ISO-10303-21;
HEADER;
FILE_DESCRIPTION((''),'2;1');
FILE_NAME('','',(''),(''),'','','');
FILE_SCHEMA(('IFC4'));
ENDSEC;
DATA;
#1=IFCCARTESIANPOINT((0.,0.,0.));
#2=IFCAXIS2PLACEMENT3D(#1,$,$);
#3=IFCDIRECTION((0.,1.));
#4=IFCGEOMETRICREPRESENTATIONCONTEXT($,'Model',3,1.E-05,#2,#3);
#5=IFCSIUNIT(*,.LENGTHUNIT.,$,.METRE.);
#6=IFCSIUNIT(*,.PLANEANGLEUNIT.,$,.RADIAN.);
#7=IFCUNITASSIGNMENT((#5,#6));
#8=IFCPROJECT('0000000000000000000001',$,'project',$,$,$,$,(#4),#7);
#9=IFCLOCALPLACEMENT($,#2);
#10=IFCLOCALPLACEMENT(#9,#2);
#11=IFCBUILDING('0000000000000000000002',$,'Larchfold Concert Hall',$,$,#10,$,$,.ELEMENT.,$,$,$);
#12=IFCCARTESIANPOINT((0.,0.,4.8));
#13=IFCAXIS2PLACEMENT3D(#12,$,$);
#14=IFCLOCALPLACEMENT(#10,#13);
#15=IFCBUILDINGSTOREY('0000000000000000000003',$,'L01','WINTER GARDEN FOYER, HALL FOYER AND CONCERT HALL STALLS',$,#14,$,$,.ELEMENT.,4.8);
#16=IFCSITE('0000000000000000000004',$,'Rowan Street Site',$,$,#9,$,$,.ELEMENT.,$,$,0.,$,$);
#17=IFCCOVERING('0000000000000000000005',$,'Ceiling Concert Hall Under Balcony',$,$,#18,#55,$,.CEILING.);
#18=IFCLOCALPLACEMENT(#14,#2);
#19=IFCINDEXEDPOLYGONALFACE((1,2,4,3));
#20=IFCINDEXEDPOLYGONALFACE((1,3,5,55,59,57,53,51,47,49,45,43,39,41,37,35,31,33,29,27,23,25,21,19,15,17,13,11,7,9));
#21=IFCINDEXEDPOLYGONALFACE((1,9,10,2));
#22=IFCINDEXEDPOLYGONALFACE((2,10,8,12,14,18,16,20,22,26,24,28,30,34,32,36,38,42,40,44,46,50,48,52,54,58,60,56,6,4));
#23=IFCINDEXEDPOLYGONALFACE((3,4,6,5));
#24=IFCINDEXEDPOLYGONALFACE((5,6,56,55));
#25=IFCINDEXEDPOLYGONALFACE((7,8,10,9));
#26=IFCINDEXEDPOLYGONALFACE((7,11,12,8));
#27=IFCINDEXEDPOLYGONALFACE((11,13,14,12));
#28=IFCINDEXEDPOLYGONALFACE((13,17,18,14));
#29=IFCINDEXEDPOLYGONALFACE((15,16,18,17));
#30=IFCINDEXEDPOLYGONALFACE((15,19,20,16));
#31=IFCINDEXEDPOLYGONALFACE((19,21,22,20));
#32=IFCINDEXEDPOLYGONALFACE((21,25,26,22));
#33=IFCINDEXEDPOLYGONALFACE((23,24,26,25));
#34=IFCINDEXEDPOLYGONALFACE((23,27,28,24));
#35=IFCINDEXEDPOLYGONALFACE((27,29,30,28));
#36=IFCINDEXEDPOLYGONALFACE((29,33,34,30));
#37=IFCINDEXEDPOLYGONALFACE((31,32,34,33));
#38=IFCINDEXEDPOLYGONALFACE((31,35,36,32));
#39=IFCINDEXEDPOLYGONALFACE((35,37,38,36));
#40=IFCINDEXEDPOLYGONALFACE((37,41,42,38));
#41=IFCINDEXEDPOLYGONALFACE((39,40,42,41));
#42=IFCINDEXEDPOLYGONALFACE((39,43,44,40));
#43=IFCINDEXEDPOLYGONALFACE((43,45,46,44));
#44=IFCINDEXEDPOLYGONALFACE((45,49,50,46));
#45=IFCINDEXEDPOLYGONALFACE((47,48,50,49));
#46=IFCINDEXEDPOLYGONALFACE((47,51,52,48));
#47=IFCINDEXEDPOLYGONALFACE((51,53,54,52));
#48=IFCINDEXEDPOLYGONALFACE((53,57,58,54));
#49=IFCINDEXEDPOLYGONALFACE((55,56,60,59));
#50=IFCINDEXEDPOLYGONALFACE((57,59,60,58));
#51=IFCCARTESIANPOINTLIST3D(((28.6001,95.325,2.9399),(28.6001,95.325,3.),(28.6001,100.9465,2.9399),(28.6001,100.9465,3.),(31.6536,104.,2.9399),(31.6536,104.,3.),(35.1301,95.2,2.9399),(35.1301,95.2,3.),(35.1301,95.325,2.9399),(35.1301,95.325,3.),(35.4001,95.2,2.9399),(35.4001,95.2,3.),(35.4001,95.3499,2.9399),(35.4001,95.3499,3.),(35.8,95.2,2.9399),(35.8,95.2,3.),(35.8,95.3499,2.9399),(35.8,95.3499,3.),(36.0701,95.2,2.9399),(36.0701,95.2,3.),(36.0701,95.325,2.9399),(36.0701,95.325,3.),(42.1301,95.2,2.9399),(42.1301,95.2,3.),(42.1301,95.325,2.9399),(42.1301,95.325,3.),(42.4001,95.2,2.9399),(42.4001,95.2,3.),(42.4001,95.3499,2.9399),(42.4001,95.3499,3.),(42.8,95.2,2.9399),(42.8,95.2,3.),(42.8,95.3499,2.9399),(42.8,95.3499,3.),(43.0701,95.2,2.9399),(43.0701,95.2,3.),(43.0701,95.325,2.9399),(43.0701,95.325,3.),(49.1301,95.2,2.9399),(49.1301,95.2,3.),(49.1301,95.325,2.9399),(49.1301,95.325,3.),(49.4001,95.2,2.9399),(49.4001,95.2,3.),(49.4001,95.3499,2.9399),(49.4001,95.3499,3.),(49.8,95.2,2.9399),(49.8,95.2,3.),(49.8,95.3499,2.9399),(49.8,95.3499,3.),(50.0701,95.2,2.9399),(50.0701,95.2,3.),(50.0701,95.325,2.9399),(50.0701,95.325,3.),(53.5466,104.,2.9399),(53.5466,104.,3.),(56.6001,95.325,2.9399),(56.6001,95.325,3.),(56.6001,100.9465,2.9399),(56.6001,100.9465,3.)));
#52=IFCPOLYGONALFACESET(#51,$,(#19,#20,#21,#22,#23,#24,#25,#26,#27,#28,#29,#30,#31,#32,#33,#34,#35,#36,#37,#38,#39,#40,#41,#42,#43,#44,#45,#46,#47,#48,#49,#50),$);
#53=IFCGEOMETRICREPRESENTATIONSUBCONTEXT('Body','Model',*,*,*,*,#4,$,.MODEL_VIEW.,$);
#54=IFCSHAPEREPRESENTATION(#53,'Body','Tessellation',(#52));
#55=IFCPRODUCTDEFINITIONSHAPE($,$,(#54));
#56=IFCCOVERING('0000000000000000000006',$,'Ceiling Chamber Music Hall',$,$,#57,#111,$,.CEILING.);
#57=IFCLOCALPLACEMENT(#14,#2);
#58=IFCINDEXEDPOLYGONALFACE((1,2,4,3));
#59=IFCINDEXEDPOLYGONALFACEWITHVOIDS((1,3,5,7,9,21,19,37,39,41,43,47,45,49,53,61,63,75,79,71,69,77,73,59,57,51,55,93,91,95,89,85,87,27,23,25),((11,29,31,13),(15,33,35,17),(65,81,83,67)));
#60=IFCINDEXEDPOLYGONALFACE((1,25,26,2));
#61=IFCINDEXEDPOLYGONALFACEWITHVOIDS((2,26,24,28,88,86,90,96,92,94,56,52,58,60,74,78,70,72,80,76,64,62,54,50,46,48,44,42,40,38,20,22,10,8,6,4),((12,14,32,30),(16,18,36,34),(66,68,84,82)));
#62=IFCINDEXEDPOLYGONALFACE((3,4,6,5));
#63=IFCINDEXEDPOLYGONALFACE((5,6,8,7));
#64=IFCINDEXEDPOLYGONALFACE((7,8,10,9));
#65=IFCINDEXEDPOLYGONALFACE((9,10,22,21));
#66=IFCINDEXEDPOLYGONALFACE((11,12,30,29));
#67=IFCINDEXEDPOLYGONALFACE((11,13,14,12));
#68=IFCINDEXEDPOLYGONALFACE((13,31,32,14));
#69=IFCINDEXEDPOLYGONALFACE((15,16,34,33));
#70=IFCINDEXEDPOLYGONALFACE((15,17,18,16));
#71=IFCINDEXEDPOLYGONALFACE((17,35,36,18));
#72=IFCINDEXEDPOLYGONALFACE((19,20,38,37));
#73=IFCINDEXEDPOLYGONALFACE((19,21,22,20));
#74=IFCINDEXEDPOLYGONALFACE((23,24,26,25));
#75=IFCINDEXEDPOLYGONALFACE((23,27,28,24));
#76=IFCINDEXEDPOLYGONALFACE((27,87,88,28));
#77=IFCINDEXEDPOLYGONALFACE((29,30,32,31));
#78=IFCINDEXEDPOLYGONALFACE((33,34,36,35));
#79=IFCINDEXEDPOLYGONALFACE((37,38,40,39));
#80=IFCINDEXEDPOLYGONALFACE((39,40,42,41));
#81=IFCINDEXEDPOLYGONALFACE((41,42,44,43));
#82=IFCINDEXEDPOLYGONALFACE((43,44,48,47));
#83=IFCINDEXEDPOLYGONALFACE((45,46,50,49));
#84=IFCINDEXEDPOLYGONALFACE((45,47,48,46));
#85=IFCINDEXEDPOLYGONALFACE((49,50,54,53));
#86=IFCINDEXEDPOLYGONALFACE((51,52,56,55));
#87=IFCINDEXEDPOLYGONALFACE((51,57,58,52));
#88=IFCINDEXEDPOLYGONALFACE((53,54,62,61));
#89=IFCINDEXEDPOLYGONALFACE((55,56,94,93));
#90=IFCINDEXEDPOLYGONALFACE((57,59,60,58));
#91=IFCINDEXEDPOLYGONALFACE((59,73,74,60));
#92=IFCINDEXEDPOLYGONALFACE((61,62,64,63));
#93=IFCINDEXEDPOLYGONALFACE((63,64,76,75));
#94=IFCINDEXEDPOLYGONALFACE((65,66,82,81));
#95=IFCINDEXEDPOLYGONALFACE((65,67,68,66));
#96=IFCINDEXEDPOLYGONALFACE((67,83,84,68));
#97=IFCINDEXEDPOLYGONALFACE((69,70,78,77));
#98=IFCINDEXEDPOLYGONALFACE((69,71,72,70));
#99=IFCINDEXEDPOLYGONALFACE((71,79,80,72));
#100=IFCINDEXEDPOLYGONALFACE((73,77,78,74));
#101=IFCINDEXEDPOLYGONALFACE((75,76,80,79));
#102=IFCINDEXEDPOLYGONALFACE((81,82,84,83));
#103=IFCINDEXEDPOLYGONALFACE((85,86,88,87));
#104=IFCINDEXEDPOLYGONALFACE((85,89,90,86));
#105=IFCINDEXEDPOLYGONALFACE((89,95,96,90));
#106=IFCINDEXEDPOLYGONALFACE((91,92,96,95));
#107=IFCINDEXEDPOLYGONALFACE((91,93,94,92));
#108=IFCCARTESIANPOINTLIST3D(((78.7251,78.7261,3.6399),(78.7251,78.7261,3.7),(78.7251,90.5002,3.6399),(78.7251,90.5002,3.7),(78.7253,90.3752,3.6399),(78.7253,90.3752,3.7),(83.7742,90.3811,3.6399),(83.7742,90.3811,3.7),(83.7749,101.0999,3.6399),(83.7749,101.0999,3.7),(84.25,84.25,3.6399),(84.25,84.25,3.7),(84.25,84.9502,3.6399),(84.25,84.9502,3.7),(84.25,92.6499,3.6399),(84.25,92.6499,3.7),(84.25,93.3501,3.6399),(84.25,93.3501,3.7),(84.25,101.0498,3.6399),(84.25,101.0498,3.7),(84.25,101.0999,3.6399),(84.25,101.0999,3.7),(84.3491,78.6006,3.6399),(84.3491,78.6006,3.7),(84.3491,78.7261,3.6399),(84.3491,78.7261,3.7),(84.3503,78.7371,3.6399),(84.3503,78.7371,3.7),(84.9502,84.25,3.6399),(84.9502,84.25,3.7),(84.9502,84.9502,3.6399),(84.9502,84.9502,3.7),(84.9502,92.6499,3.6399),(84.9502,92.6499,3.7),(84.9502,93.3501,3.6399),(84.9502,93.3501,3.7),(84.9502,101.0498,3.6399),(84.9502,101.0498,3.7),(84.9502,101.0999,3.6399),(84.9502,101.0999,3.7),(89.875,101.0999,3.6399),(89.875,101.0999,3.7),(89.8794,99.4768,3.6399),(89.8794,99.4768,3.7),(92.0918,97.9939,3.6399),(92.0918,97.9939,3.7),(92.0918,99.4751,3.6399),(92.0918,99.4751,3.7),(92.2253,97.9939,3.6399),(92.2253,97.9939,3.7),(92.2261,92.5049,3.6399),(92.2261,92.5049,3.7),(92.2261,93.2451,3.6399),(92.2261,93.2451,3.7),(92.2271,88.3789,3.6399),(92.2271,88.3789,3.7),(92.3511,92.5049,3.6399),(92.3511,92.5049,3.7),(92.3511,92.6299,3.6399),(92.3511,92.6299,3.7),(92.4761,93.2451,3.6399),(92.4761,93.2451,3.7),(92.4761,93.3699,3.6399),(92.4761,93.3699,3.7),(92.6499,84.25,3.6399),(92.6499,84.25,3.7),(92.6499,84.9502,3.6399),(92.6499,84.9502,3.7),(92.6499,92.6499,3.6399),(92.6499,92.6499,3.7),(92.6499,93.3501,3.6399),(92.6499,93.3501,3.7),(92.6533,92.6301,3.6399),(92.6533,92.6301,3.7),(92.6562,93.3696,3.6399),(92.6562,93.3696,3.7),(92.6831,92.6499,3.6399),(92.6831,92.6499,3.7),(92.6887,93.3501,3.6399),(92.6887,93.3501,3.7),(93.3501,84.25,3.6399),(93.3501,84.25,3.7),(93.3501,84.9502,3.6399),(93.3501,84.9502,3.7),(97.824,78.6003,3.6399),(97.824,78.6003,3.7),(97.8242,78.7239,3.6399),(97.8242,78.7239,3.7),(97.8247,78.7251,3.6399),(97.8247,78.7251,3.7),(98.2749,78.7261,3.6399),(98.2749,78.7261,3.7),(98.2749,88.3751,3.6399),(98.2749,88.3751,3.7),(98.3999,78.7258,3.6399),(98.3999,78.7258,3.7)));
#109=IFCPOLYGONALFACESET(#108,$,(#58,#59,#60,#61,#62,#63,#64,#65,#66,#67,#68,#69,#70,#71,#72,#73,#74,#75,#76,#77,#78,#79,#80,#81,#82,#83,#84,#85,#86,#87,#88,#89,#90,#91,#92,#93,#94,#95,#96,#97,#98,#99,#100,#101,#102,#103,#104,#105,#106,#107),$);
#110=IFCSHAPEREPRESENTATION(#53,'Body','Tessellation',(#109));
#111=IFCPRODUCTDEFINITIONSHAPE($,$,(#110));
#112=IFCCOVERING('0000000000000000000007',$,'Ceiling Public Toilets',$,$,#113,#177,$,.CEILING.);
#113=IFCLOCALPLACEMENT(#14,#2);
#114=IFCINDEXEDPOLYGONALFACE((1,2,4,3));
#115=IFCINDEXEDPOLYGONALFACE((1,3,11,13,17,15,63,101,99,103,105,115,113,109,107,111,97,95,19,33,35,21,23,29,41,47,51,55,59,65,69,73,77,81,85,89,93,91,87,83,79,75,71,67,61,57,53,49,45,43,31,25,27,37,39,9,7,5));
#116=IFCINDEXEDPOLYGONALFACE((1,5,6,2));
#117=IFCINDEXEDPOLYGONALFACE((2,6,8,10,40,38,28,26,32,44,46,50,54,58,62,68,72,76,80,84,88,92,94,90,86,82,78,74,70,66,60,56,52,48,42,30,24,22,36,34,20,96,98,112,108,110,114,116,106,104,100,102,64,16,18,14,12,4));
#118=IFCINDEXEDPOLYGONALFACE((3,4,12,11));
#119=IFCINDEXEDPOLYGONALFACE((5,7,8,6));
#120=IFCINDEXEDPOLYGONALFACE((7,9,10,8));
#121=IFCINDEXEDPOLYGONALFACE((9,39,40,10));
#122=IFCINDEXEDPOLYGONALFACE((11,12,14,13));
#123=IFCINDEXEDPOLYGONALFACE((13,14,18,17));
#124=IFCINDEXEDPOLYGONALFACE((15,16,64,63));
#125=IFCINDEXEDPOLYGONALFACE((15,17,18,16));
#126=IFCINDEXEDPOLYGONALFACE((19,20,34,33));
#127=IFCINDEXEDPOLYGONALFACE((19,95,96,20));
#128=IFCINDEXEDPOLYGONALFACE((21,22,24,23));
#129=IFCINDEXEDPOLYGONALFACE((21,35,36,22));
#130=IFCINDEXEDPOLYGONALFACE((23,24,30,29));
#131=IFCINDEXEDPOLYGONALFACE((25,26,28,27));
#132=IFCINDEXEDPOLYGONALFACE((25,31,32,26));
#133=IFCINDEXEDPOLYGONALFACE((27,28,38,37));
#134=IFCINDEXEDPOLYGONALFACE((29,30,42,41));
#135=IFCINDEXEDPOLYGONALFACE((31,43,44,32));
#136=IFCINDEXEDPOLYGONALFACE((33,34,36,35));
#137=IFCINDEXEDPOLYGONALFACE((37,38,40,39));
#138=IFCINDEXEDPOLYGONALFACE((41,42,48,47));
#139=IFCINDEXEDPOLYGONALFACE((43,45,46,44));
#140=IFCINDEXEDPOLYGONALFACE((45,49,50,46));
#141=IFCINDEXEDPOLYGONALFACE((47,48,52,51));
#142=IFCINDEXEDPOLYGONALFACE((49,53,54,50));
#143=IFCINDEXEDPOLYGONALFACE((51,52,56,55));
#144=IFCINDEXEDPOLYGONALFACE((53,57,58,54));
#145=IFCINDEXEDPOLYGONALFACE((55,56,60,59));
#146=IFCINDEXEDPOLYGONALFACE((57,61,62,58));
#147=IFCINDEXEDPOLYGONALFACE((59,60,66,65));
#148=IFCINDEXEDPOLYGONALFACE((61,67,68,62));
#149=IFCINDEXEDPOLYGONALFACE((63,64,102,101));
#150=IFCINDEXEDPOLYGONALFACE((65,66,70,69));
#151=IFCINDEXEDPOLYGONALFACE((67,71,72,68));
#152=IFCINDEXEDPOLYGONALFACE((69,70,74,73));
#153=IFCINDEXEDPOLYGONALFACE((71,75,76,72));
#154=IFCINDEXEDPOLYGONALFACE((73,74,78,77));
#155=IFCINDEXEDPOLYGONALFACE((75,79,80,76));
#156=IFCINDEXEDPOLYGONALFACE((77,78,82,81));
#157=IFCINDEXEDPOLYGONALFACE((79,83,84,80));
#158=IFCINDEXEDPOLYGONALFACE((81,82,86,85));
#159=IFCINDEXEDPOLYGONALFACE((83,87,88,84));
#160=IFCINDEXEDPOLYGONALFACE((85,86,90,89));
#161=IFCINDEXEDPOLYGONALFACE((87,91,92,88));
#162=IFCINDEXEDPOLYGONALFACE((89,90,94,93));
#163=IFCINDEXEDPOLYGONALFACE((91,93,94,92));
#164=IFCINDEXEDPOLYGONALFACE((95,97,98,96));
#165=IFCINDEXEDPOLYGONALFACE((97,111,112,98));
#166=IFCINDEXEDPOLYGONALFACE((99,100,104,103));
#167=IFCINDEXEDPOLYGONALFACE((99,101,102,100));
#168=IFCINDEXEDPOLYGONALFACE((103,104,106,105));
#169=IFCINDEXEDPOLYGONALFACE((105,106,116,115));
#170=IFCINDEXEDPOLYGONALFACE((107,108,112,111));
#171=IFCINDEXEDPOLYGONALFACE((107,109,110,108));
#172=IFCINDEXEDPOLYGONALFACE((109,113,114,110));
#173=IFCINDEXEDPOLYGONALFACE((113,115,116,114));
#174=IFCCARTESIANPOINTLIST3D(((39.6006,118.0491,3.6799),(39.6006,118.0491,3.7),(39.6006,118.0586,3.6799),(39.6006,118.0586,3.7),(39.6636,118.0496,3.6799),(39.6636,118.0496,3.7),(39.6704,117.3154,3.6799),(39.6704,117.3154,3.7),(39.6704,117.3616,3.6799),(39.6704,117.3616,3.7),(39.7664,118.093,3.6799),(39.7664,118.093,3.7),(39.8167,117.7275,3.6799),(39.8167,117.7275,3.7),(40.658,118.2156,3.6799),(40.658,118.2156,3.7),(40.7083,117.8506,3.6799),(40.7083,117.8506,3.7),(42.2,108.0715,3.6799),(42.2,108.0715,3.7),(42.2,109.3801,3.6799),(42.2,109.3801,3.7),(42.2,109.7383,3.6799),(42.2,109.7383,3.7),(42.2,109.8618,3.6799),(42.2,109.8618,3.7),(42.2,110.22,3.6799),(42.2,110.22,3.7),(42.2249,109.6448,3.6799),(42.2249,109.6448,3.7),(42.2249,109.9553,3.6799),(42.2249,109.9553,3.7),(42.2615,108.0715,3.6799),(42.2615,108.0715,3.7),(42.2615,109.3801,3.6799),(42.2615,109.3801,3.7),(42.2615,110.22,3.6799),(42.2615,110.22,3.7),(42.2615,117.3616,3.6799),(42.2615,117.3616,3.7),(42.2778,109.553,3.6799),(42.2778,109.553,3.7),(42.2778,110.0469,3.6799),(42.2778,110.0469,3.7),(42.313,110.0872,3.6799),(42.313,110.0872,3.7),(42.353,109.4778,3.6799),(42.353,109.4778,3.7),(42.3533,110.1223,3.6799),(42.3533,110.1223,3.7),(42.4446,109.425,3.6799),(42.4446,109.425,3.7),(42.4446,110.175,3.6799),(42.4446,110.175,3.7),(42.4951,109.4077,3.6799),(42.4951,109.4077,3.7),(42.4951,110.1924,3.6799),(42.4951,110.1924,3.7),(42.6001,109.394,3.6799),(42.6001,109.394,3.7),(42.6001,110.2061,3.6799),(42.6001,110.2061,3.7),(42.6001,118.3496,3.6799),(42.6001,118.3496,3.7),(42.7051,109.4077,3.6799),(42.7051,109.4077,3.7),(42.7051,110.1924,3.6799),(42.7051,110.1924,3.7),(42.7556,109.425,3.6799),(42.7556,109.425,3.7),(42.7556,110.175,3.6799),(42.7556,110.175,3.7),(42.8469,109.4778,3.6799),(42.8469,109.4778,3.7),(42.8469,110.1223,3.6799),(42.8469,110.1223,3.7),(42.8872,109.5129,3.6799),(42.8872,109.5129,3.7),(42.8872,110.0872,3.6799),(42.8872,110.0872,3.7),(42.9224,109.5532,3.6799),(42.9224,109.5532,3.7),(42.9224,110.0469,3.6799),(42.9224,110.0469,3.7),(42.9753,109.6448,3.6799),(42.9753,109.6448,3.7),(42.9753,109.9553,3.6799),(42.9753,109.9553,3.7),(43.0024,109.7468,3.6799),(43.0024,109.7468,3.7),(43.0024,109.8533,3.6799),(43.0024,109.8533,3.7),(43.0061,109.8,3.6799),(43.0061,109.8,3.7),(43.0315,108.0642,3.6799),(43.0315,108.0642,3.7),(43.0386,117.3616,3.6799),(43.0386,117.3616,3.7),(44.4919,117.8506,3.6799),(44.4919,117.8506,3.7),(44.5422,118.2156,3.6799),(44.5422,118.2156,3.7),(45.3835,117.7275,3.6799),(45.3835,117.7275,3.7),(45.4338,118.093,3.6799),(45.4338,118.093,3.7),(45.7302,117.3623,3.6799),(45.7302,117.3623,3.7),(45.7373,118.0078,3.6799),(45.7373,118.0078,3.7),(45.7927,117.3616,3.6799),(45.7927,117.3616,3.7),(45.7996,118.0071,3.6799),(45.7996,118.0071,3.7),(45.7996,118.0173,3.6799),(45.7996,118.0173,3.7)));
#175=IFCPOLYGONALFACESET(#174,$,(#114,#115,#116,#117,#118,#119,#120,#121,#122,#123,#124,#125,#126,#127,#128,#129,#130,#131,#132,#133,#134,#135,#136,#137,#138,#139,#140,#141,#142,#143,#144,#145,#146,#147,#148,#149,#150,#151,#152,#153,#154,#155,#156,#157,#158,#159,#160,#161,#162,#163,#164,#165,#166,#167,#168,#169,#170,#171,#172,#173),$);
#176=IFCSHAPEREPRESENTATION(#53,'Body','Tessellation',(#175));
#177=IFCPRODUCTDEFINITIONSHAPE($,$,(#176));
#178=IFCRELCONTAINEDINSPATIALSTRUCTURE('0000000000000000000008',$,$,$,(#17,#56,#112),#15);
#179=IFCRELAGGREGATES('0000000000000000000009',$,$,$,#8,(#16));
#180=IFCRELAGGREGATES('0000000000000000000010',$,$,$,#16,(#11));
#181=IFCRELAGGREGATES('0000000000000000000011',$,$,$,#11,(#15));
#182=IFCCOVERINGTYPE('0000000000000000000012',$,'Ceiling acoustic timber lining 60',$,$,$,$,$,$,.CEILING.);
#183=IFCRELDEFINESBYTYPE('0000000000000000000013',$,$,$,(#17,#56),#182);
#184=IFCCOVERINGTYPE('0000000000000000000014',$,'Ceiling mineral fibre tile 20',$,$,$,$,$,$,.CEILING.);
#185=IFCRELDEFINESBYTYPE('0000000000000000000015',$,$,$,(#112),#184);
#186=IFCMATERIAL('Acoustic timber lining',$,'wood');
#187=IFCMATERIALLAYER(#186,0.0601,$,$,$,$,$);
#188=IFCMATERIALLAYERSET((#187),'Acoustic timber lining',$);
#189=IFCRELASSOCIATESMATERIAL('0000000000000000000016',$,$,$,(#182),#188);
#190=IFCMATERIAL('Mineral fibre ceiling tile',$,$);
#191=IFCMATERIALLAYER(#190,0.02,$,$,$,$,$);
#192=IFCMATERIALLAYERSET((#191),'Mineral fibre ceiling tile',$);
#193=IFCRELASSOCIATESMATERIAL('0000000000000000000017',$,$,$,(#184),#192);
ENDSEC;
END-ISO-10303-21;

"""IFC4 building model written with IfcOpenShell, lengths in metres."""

from ifc_helpers import new_model, si_unit, direction, frame, origin, place, context, subcontext, project, spatial, polyline, outline, extrude, material, layer, layer_set, type_object, element, save


model = new_model("IFC4")

# Units and contexts
model_context = context("Model", 3, precision=1e-05, world=origin(), true_north=direction((0.0, 1.0)))
body_context = subcontext(model_context, "Body", "Model", "MODEL_VIEW")
ifc_project = project(units=[si_unit("LENGTHUNIT", "METRE"), si_unit("PLANEANGLEUNIT", "RADIAN")], contexts=[model_context])

# Site, building, storey
site_placement = place(None, origin())
site = spatial("IfcSite", under=ifc_project, at=site_placement, Name="Rowan Street Site", CompositionType="ELEMENT", RefElevation=0.0)
building_placement = place(site_placement, origin())
building = spatial("IfcBuilding", under=site, at=building_placement, Name="Larchfold Concert Hall", CompositionType="ELEMENT")
storey_placement = place(building_placement, frame((0.0, 0.0, 4.8)))
storey = spatial("IfcBuildingStorey", under=building, at=storey_placement, Name="L01", Description="WINTER GARDEN FOYER, HALL FOYER AND CONCERT HALL STALLS", CompositionType="ELEMENT", Elevation=4.8)

# Coverings
ifc_material_1 = material(Name="Acoustic timber lining", Category="wood")
ifc_layer_1 = layer(ifc_material_1, 0.0601)
ifc_layer_set_1 = layer_set([ifc_layer_1], Name="Acoustic timber lining")
covering_type_1 = type_object("IfcCoveringType", Name="Ceiling acoustic timber lining 60", PredefinedType="CEILING", material=ifc_layer_set_1)
covering_1_placement = place(storey_placement, frame((0.0, 0.0, 2.9399)))
element("IfcCovering", 1, at=covering_1_placement, inside=storey, type_object=covering_type_1, Name="Ceiling Concert Hall Under Balcony", PredefinedType="CEILING", context=body_context, shape_type="SweptSolid", body=[
    extrude(outline(polyline([(56.6001, 95.325), (56.6001, 100.9465), (53.5466, 104.0), (31.6536, 104.0), (28.6001, 100.9465), (28.6001, 95.325), (35.1301, 95.325), (35.1301, 95.2), (35.4001, 95.2), (35.4001, 95.3499), (35.8, 95.3499), (35.8, 95.2), (36.0701, 95.2), (36.0701, 95.325), (42.1301, 95.325), (42.1301, 95.2), (42.4001, 95.2), (42.4001, 95.3499), (42.8, 95.3499), (42.8, 95.2), (43.0701, 95.2), (43.0701, 95.325), (49.1301, 95.325), (49.1301, 95.2), (49.4001, 95.2), (49.4001, 95.3499), (49.8, 95.3499), (49.8, 95.2), (50.0701, 95.2), (50.0701, 95.325), (56.6001, 95.325)])), origin(), (0.0, 0.0, 1.0), 0.0601),
])
covering_2_placement = place(storey_placement, frame((0.0, 0.0, 3.6399)))
element("IfcCovering", 2, at=covering_2_placement, inside=storey, type_object=covering_type_1, Name="Ceiling Chamber Music Hall", PredefinedType="CEILING", context=body_context, shape_type="SweptSolid", body=[
    extrude(outline(polyline([(78.7253, 90.3752), (78.7251, 90.5002), (78.7251, 78.7261), (84.3491, 78.7261), (84.3491, 78.6006), (84.3503, 78.7371), (97.8242, 78.7239), (97.824, 78.6003), (97.8247, 78.7251), (98.3999, 78.7258), (98.2749, 78.7261), (98.2749, 88.375), (98.3999, 88.375), (92.2271, 88.3789), (92.2261, 92.5049), (92.3511, 92.5049), (92.3511, 92.6299), (92.6533, 92.6301), (92.6831, 92.6499), (92.6499, 92.6499), (92.6499, 93.3501), (92.6887, 93.3501), (92.6562, 93.3696), (92.4761, 93.3699), (92.4761, 93.2451), (92.2261, 93.2451), (92.2253, 97.9939), (92.0918, 97.9939), (92.0918, 99.4751), (89.8794, 99.4768), (89.875, 101.0999), (84.9502, 101.0999), (84.9502, 101.0498), (84.25, 101.0498), (84.25, 101.0999), (83.7749, 101.0999), (83.7742, 90.3811), (78.7253, 90.3752)]), holes=[polyline([(92.6499, 84.9502), (93.3501, 84.9502), (93.3501, 84.25), (92.6499, 84.25), (92.6499, 84.9502)]), polyline([(84.25, 84.25), (84.25, 84.9502), (84.9502, 84.9502), (84.9502, 84.25), (84.25, 84.25)]), polyline([(84.25, 93.3501), (84.9502, 93.3501), (84.9502, 92.6499), (84.25, 92.6499), (84.25, 93.3501)])]), origin(), (0.0, 0.0, 1.0), 0.0601),
])
ifc_material_2 = material(Name="Mineral fibre ceiling tile")
ifc_layer_2 = layer(ifc_material_2, 0.02)
ifc_layer_set_2 = layer_set([ifc_layer_2], Name="Mineral fibre ceiling tile")
covering_type_2 = type_object("IfcCoveringType", Name="Ceiling mineral fibre tile 20", PredefinedType="CEILING", material=ifc_layer_set_2)
covering_3_placement = place(storey_placement, frame((0.0, 0.0, 3.6799)))
element("IfcCovering", 3, at=covering_3_placement, inside=storey, type_object=covering_type_2, Name="Ceiling Public Toilets", PredefinedType="CEILING", context=body_context, shape_type="SweptSolid", body=[
    extrude(outline(polyline([(39.6636, 118.0496), (39.6704, 117.3154), (39.6704, 117.3616), (42.2615, 117.3616), (42.2615, 110.22), (42.2, 110.22), (42.2, 109.8618), (42.2249, 109.9553), (42.2778, 110.0469), (42.313, 110.0872), (42.3533, 110.1223), (42.4446, 110.175), (42.4951, 110.1924), (42.6001, 110.2061), (42.7051, 110.1924), (42.7556, 110.175), (42.8469, 110.1223), (42.8872, 110.0872), (42.9224, 110.0469), (42.9753, 109.9553), (43.0024, 109.8533), (43.0061, 109.8), (43.0024, 109.7468), (42.9753, 109.6448), (42.9224, 109.5532), (42.8872, 109.5129), (42.8469, 109.4778), (42.7556, 109.425), (42.7051, 109.4077), (42.6001, 109.394), (42.4951, 109.4077), (42.4446, 109.425), (42.353, 109.4778), (42.2778, 109.553), (42.2249, 109.6448), (42.2, 109.7383), (42.2, 109.3801), (42.2615, 109.3801), (42.2615, 108.0715), (42.2, 108.0715), (43.0315, 108.0642), (43.0386, 117.3616), (45.7927, 117.3616), (45.7302, 117.3623), (45.7373, 118.0078), (45.7996, 118.0071), (45.7996, 118.0173), (45.4338, 118.093), (45.3835, 117.7275), (44.4919, 117.8506), (44.5422, 118.2156), (42.6001, 118.3496), (40.658, 118.2156), (40.7083, 117.8506), (39.8167, 117.7275), (39.7664, 118.093), (39.6006, 118.0586), (39.6006, 118.0491), (39.6636, 118.0496)])), origin(), (0.0, 0.0, 1.0), 0.02),
])

save(model, "model.ifc")
